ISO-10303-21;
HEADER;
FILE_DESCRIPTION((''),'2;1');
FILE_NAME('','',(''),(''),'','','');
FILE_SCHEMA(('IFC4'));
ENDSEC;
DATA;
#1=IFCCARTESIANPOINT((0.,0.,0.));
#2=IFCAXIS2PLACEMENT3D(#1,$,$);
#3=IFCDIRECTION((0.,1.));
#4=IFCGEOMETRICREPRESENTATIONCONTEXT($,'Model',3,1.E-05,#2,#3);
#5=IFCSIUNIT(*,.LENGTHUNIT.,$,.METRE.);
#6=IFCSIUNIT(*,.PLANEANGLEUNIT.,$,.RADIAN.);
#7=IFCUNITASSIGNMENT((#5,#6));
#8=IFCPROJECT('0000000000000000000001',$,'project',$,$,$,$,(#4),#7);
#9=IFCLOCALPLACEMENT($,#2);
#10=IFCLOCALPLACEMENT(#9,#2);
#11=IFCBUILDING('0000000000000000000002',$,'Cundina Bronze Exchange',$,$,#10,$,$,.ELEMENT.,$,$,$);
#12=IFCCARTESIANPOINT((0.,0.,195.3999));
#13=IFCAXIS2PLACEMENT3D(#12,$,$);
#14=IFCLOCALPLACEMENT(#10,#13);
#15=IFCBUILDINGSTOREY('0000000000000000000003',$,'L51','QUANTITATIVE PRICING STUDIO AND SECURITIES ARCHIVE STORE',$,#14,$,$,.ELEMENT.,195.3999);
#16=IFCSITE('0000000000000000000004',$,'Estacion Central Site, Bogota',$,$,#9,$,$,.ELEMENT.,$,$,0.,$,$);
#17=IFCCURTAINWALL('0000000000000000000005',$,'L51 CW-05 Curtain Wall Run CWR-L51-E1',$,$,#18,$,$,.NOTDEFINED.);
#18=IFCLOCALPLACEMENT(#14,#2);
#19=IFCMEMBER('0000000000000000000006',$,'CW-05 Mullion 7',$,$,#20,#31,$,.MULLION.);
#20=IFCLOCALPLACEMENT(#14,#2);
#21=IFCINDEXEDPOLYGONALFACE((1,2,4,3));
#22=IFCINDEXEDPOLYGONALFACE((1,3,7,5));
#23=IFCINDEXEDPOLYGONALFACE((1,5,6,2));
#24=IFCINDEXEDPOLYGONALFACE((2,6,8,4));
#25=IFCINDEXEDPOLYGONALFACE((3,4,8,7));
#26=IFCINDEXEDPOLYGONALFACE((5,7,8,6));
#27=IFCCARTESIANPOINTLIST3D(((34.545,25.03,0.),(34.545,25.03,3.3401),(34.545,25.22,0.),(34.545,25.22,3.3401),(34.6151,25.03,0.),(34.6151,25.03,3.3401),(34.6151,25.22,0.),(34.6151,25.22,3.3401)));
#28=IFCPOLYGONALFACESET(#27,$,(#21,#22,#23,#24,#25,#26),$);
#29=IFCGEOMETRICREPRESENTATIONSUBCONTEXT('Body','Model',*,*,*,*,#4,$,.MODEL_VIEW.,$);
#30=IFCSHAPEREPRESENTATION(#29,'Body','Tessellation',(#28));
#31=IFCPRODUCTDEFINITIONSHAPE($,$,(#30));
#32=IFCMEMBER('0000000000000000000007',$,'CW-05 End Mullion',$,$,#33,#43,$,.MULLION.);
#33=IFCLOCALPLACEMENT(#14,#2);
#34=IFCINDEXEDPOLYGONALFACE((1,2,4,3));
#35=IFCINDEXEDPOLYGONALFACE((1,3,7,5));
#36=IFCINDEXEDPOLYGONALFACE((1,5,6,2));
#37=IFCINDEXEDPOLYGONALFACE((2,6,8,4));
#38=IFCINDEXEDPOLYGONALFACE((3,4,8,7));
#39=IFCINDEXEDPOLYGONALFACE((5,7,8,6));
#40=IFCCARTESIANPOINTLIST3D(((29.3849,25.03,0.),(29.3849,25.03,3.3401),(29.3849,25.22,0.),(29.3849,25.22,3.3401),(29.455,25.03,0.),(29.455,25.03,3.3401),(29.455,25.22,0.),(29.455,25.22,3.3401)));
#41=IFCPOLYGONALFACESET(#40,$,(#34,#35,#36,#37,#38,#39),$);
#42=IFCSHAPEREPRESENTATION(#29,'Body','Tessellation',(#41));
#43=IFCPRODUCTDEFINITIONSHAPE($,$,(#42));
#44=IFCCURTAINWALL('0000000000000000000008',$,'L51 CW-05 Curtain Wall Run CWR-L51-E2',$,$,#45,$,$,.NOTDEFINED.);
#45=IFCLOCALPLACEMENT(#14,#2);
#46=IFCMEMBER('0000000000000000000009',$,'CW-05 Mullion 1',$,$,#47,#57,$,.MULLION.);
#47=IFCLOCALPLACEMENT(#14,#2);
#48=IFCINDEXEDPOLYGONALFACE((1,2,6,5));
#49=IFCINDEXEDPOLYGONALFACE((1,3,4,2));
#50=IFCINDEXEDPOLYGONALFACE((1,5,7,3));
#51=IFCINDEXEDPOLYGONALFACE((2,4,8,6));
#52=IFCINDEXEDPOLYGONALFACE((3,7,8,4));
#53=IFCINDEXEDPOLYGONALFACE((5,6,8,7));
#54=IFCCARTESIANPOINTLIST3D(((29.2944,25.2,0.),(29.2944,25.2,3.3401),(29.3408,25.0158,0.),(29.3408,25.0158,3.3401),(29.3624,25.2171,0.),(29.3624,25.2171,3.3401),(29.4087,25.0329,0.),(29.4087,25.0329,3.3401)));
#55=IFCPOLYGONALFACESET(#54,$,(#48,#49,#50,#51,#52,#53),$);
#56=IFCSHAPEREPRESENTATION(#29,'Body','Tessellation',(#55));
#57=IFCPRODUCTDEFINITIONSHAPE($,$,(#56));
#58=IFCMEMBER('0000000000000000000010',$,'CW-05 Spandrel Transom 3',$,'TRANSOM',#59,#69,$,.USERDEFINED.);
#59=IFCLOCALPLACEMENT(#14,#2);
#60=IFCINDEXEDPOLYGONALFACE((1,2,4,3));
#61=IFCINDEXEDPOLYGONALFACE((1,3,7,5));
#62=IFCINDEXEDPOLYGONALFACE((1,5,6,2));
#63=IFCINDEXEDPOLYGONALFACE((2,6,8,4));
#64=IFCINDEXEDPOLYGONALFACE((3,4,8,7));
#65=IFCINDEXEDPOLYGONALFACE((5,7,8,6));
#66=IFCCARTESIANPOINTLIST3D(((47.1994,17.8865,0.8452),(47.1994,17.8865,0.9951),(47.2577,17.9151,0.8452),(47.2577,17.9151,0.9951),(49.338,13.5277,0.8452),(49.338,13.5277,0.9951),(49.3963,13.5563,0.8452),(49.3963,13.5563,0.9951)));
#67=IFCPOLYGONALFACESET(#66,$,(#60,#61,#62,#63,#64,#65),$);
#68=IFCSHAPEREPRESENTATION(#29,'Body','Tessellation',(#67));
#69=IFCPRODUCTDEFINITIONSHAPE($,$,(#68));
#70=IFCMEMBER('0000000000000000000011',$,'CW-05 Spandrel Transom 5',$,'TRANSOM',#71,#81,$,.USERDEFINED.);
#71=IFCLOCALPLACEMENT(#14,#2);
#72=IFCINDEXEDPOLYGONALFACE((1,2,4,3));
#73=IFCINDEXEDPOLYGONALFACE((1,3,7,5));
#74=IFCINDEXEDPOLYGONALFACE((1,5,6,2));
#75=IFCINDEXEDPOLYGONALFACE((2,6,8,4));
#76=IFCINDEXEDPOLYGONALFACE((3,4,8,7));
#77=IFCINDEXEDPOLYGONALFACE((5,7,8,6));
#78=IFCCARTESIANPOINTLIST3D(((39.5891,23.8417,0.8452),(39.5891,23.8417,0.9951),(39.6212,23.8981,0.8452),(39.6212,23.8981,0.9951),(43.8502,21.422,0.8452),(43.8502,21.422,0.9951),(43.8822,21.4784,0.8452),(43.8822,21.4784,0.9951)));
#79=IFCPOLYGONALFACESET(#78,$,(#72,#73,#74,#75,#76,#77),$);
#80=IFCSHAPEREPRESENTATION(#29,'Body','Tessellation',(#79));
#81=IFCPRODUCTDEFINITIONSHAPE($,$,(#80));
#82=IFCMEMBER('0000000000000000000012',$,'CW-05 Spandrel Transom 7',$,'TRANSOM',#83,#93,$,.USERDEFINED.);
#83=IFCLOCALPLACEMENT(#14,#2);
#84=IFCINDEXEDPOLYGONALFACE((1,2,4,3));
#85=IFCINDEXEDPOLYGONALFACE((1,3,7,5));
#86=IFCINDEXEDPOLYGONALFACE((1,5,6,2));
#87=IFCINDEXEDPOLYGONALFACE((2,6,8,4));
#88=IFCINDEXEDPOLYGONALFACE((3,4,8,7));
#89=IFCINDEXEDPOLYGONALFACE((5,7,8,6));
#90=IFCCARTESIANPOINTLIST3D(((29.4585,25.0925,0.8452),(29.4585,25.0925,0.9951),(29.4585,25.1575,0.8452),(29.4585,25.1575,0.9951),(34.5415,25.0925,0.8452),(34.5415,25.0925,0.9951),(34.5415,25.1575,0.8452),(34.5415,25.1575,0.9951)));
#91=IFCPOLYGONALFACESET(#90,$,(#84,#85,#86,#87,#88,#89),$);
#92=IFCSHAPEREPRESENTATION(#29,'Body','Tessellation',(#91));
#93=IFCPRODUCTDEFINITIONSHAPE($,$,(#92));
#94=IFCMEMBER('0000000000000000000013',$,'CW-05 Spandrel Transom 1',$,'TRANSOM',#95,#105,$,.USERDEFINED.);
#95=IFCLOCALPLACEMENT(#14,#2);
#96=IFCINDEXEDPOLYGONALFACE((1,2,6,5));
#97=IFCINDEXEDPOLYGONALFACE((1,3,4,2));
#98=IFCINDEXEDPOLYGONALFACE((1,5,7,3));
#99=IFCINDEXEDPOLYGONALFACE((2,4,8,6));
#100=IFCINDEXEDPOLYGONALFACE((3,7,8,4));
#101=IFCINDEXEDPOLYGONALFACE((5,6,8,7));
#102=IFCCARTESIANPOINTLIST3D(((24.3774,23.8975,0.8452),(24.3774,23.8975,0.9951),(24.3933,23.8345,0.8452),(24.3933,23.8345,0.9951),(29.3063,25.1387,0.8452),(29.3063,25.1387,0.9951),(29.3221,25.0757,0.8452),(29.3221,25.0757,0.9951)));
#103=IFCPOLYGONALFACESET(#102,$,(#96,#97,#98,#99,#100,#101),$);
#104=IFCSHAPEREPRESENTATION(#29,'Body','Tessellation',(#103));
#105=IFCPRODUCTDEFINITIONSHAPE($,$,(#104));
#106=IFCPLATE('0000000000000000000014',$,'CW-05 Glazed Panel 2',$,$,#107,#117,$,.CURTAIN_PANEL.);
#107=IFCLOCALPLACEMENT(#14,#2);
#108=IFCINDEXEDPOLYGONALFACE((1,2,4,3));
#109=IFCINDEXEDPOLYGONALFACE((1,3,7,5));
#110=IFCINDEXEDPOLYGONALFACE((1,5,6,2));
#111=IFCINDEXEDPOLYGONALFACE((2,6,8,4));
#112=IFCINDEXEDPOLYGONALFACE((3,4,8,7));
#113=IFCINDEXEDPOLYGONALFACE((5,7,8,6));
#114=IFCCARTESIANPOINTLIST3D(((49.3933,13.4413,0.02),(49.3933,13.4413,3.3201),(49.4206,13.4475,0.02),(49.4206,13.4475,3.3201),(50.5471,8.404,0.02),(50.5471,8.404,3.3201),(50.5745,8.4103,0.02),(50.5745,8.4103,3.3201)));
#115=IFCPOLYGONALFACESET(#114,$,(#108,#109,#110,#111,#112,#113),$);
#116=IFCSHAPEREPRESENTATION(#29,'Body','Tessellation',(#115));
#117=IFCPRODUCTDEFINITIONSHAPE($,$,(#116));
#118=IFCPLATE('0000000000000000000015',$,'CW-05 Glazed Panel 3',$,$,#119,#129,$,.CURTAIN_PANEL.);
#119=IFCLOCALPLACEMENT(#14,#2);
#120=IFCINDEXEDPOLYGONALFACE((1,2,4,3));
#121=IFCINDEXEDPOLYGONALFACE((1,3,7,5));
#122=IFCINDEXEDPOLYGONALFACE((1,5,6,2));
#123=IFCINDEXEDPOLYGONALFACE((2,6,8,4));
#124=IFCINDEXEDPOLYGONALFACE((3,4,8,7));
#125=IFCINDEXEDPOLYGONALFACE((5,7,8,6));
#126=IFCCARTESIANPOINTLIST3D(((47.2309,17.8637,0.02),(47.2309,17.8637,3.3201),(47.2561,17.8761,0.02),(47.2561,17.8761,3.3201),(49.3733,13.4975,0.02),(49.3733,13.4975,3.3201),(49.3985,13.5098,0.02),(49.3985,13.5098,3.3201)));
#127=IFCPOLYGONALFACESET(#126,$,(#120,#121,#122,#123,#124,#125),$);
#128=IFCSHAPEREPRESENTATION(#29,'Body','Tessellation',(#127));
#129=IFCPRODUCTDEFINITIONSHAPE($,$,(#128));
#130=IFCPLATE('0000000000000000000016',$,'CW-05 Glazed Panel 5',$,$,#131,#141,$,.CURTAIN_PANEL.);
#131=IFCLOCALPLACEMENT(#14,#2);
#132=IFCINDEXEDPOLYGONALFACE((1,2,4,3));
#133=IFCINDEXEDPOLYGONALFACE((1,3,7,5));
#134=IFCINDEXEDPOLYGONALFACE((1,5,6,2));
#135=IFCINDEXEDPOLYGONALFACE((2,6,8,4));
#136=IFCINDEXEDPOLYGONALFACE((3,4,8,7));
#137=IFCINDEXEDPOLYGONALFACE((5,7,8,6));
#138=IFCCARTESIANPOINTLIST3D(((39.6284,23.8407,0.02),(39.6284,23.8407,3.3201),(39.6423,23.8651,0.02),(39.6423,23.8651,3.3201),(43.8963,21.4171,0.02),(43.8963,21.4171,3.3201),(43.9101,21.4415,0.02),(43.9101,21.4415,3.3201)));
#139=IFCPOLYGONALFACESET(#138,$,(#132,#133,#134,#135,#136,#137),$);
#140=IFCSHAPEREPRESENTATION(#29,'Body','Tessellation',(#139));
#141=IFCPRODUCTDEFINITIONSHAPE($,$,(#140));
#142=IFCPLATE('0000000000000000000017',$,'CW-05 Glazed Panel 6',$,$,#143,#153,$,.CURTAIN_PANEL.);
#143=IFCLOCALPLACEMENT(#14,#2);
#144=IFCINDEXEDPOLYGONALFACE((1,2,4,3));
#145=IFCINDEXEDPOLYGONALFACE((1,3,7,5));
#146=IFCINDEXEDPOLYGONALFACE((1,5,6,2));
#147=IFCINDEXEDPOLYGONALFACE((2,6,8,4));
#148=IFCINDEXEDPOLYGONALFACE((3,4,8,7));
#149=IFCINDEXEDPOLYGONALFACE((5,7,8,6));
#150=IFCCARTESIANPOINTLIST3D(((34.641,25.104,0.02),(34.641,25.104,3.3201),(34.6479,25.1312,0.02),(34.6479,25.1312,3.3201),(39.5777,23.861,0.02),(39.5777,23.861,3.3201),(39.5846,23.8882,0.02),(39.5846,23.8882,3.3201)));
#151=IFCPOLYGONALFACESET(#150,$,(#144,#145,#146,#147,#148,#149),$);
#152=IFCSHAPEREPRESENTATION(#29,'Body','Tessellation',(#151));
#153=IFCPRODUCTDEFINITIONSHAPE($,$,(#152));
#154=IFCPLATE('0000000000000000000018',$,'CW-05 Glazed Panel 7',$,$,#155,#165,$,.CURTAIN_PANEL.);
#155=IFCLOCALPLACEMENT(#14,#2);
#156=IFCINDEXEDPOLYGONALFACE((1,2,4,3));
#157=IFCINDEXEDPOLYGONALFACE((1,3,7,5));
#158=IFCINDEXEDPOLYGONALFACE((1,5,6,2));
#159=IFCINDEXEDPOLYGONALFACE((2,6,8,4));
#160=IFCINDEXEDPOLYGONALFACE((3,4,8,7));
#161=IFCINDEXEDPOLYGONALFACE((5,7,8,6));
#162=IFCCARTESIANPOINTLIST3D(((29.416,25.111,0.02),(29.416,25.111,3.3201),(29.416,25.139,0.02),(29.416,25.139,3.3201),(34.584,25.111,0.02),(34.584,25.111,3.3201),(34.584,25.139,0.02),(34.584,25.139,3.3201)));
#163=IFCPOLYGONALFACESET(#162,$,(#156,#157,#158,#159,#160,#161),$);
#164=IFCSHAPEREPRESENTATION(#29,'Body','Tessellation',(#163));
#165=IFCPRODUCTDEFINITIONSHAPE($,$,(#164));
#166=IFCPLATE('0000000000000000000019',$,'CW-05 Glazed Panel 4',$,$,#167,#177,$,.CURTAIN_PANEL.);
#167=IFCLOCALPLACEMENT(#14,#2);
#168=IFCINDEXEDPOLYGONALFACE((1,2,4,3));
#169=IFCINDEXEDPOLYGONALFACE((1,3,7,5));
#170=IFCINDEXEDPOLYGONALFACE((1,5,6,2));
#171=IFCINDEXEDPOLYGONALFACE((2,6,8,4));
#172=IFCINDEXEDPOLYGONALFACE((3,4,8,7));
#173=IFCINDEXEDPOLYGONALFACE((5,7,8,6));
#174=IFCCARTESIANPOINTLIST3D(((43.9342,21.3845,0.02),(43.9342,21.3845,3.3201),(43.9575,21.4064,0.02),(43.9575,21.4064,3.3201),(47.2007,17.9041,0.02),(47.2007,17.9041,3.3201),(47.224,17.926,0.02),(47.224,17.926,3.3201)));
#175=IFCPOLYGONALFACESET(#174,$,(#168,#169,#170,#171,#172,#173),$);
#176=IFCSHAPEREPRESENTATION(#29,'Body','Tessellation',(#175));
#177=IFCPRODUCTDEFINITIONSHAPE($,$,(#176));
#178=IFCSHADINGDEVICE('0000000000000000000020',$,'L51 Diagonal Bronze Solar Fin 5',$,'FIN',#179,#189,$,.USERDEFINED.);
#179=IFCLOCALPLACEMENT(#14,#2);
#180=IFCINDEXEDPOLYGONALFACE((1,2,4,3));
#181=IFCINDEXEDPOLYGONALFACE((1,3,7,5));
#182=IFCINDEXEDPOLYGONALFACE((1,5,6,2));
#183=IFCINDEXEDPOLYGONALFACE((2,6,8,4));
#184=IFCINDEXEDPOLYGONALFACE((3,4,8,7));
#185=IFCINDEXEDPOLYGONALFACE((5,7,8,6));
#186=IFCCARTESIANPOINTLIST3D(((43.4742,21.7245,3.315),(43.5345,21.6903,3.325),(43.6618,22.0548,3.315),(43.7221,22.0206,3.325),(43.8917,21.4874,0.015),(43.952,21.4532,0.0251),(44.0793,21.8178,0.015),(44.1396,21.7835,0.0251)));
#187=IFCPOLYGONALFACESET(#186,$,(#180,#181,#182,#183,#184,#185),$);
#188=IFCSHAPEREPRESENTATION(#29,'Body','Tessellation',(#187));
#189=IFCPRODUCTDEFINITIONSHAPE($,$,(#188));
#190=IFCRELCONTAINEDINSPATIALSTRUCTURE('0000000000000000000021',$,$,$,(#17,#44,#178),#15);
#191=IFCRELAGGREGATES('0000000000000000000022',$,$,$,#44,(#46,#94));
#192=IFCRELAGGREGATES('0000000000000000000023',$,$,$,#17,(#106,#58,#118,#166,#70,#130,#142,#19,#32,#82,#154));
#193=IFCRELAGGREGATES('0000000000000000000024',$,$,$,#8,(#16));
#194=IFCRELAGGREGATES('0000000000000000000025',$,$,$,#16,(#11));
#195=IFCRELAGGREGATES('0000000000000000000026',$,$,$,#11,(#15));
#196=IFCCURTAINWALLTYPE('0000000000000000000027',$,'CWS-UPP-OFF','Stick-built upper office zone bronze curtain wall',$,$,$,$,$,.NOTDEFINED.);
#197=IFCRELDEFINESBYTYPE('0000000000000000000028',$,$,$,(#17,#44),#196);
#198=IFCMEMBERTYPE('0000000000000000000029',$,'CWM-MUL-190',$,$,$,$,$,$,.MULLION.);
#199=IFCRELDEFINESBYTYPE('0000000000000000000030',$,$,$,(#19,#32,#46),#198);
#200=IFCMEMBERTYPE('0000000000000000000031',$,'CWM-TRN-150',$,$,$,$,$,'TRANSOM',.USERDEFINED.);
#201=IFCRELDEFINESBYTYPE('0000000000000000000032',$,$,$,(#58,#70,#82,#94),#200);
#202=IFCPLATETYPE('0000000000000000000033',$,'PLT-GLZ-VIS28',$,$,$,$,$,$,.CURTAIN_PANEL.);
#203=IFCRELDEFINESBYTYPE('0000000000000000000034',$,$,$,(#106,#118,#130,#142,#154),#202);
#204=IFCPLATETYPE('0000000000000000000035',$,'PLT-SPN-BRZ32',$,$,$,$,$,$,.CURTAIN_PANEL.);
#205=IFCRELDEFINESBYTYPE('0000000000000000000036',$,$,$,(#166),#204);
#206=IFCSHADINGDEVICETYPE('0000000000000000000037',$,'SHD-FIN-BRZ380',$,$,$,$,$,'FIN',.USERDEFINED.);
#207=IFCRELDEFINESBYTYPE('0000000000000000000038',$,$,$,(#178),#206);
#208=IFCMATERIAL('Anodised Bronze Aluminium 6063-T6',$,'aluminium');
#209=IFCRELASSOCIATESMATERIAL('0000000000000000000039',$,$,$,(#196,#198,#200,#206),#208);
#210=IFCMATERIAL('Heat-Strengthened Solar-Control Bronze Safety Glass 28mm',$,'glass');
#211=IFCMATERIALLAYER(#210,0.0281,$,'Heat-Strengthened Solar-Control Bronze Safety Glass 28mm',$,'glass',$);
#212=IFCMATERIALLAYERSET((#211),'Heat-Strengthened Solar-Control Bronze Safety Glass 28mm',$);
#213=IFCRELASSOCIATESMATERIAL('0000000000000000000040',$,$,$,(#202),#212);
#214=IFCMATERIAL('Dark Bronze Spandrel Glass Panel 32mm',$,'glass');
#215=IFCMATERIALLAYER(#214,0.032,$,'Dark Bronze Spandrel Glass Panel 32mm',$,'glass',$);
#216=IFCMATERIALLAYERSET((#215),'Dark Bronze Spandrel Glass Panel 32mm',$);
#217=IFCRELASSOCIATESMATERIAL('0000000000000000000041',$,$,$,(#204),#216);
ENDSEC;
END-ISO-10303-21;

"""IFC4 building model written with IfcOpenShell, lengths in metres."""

from ifc_helpers import new_model, si_unit, direction, frame, origin, origin_2d, place, context, subcontext, project, spatial, rectangle, extrude, material, layer, layer_set, material_profile, profile_set, type_object, element, aggregate, save


model = new_model("IFC4")

# Units and contexts
model_context = context("Model", 3, precision=1e-05, world=origin(), true_north=direction((0.0, 1.0)))
body_context = subcontext(model_context, "Body", "Model", "MODEL_VIEW")
ifc_project = project(units=[si_unit("LENGTHUNIT", "METRE"), si_unit("PLANEANGLEUNIT", "RADIAN")], contexts=[model_context])

# Site, building, storey
site_placement = place(None, origin())
site = spatial("IfcSite", under=ifc_project, at=site_placement, Name="Estacion Central Site, Bogota", CompositionType="ELEMENT", RefElevation=0.0)
building_placement = place(site_placement, origin())
building = spatial("IfcBuilding", under=site, at=building_placement, Name="Cundina Bronze Exchange", CompositionType="ELEMENT")
storey_placement = place(building_placement, frame((0.0, 0.0, 195.3999)))
storey = spatial("IfcBuildingStorey", under=building, at=storey_placement, Name="L51", Description="QUANTITATIVE PRICING STUDIO AND SECURITIES ARCHIVE STORE", CompositionType="ELEMENT", Elevation=195.3999)

# Curtain wall, members
ifc_material_1 = material(Name="Anodised Bronze Aluminium 6063-T6", Category="aluminium")
curtain_wall_type = type_object("IfcCurtainWallType", Name="CWS-UPP-OFF", Description="Stick-built upper office zone bronze curtain wall", PredefinedType="NOTDEFINED", material=ifc_material_1)
curtain_wall_1_placement = place(storey_placement, origin())
curtain_wall_1 = element("IfcCurtainWall", 1, at=curtain_wall_1_placement, inside=storey, type_object=curtain_wall_type, Name="L51 CW-05 Curtain Wall Run CWR-L51-E1", PredefinedType="NOTDEFINED")
ifc_material_profile_1 = material_profile(ifc_material_1, rectangle(XDim=0.0701, YDim=0.1899, at=origin_2d()), Name="AL70X190", Category="aluminium")
ifc_profile_set_1 = profile_set([ifc_material_profile_1], Name="Anodised Bronze Aluminium 6063-T6")
member_type_1 = type_object("IfcMemberType", Name="CWM-MUL-190", PredefinedType="MULLION", material=ifc_profile_set_1)
member_1_placement = place(storey_placement, frame((34.5801, 25.125, 0.0), z_axis=(0.0, 0.0, 1.0), x_axis=(-1.0, 0.0, 0.0)))
member_1 = element("IfcMember", 2, at=member_1_placement, type_object=member_type_1, Name="CW-05 Mullion 7", PredefinedType="MULLION", context=body_context, shape_type="SweptSolid", body=[
    extrude(rectangle(XDim=0.0701, YDim=0.1899, at=origin_2d()), origin(), (0.0, 0.0, 1.0), 3.3401),
])
member_2_placement = place(storey_placement, frame((29.4199, 25.125, 0.0), z_axis=(0.0, 0.0, 1.0), x_axis=(-1.0, 0.0, 0.0)))
member_2 = element("IfcMember", 3, at=member_2_placement, type_object=member_type_1, Name="CW-05 End Mullion", PredefinedType="MULLION", context=body_context, shape_type="SweptSolid", body=[
    extrude(rectangle(XDim=0.0701, YDim=0.1899, at=origin_2d()), origin(), (0.0, 0.0, 1.0), 3.3401),
])

# Curtain wall, member
curtain_wall_2_placement = place(storey_placement, origin())
curtain_wall_2 = element("IfcCurtainWall", 4, at=curtain_wall_2_placement, inside=storey, type_object=curtain_wall_type, Name="L51 CW-05 Curtain Wall Run CWR-L51-E2", PredefinedType="NOTDEFINED")
member_3_placement = place(storey_placement, frame((29.3516, 25.1165, 0.0), z_axis=(0.0, 0.0, 1.0), x_axis=(-0.969744, -0.244123, 0.0)))
member_3 = element("IfcMember", 5, at=member_3_placement, type_object=member_type_1, Name="CW-05 Mullion 1", PredefinedType="MULLION", context=body_context, shape_type="SweptSolid", body=[
    extrude(rectangle(XDim=0.0701, YDim=0.1899, at=origin_2d()), origin(), (0.0, 0.0, 1.0), 3.3401),
])

# Members
ifc_material_profile_2 = material_profile(ifc_material_1, rectangle(XDim=0.0649, YDim=0.1499, at=origin_2d()), Name="AL65X150", Category="aluminium")
ifc_profile_set_2 = profile_set([ifc_material_profile_2], Name="Anodised Bronze Aluminium 6063-T6")
member_type_2 = type_object("IfcMemberType", Name="CWM-TRN-150", ElementType="TRANSOM", PredefinedType="USERDEFINED", material=ifc_profile_set_2)
member_4_placement = place(storey_placement, frame((49.3672, 13.542, 0.9202), z_axis=(-0.440483, 0.897761, 0.0), x_axis=(-0.897761, -0.440483, 0.0)))
member_4 = element("IfcMember", 6, at=member_4_placement, type_object=member_type_2, Name="CW-05 Spandrel Transom 3", ObjectType="TRANSOM", PredefinedType="USERDEFINED", context=body_context, shape_type="SweptSolid", body=[
    extrude(rectangle(XDim=0.0649, YDim=0.1499, at=origin_2d()), origin(), (0.0, 0.0, 1.0), 4.8552),
])
member_5_placement = place(storey_placement, frame((43.8662, 21.4502, 0.9202), z_axis=(-0.869574, 0.493803, 0.0), x_axis=(-0.493803, -0.869574, 0.0)))
member_5 = element("IfcMember", 7, at=member_5_placement, type_object=member_type_2, Name="CW-05 Spandrel Transom 5", ObjectType="TRANSOM", PredefinedType="USERDEFINED", context=body_context, shape_type="SweptSolid", body=[
    extrude(rectangle(XDim=0.0649, YDim=0.1499, at=origin_2d()), origin(), (0.0, 0.0, 1.0), 4.9001),
])
member_6_placement = place(storey_placement, frame((34.5415, 25.125, 0.9202), z_axis=(-1.0, 0.0, 0.0), x_axis=(0.0, -1.0, 0.0)))
member_6 = element("IfcMember", 8, at=member_6_placement, type_object=member_type_2, Name="CW-05 Spandrel Transom 7", ObjectType="TRANSOM", PredefinedType="USERDEFINED", context=body_context, shape_type="SweptSolid", body=[
    extrude(rectangle(XDim=0.0649, YDim=0.1499, at=origin_2d()), origin(), (0.0, 0.0, 1.0), 5.083),
])
member_7_placement = place(storey_placement, frame((29.3142, 25.1072, 0.9202), z_axis=(-0.969726, -0.244197, 0.0), x_axis=(0.244197, -0.969726, 0.0)))
member_7 = element("IfcMember", 9, at=member_7_placement, type_object=member_type_2, Name="CW-05 Spandrel Transom 1", ObjectType="TRANSOM", PredefinedType="USERDEFINED", context=body_context, shape_type="SweptSolid", body=[
    extrude(rectangle(XDim=0.0649, YDim=0.1499, at=origin_2d()), origin(), (0.0, 0.0, 1.0), 5.0828),
])
aggregate(curtain_wall_2, [member_3, member_7])

# Plates
ifc_material_2 = material(Name="Heat-Strengthened Solar-Control Bronze Safety Glass 28mm", Category="glass")
ifc_layer_1 = layer(ifc_material_2, 0.0281, Name="Heat-Strengthened Solar-Control Bronze Safety Glass 28mm", Category="glass")
ifc_layer_set_1 = layer_set([ifc_layer_1], Name="Heat-Strengthened Solar-Control Bronze Safety Glass 28mm")
plate_type_1 = type_object("IfcPlateType", Name="PLT-GLZ-VIS28", PredefinedType="CURTAIN_PANEL", material=ifc_layer_set_1)
plate_1_placement = place(storey_placement, frame((49.9839, 10.9258, 0.02), z_axis=(0.0, 0.0, 1.0), x_axis=(-0.223284, 0.974753, 0.0)))
plate_1 = element("IfcPlate", 10, at=plate_1_placement, type_object=plate_type_1, Name="CW-05 Glazed Panel 2", PredefinedType="CURTAIN_PANEL", context=body_context, shape_type="SweptSolid", body=[
    extrude(rectangle(XDim=5.1677, YDim=0.0281, at=origin_2d()), origin(), (0.0, 0.0, 1.0), 3.3),
])
plate_2_placement = place(storey_placement, frame((48.3147, 15.6868, 0.02), z_axis=(0.0, 0.0, 1.0), x_axis=(-0.440503, 0.897751, 0.0)))
plate_2 = element("IfcPlate", 11, at=plate_2_placement, type_object=plate_type_1, Name="CW-05 Glazed Panel 3", PredefinedType="CURTAIN_PANEL", context=body_context, shape_type="SweptSolid", body=[
    extrude(rectangle(XDim=4.8635, YDim=0.0281, at=origin_2d()), origin(), (0.0, 0.0, 1.0), 3.3),
])
plate_3_placement = place(storey_placement, frame((41.7693, 22.6411, 0.02), z_axis=(0.0, 0.0, 1.0), x_axis=(-0.869573, 0.493805, 0.0)))
plate_3 = element("IfcPlate", 12, at=plate_3_placement, type_object=plate_type_1, Name="CW-05 Glazed Panel 5", PredefinedType="CURTAIN_PANEL", context=body_context, shape_type="SweptSolid", body=[
    extrude(rectangle(XDim=4.908, YDim=0.0281, at=origin_2d()), origin(), (0.0, 0.0, 1.0), 3.3),
])
plate_4_placement = place(storey_placement, frame((37.1128, 24.4961, 0.02), z_axis=(0.0, 0.0, 1.0), x_axis=(-0.969732, 0.244174, 0.0)))
plate_4 = element("IfcPlate", 13, at=plate_4_placement, type_object=plate_type_1, Name="CW-05 Glazed Panel 6", PredefinedType="CURTAIN_PANEL", context=body_context, shape_type="SweptSolid", body=[
    extrude(rectangle(XDim=5.0908, YDim=0.0281, at=origin_2d()), origin(), (0.0, 0.0, 1.0), 3.3),
])
plate_5_placement = place(storey_placement, frame((32.0, 25.125, 0.02), z_axis=(0.0, 0.0, 1.0), x_axis=(-1.0, 0.0, 0.0)))
plate_5 = element("IfcPlate", 14, at=plate_5_placement, type_object=plate_type_1, Name="CW-05 Glazed Panel 7", PredefinedType="CURTAIN_PANEL", context=body_context, shape_type="SweptSolid", body=[
    extrude(rectangle(XDim=5.168, YDim=0.0281, at=origin_2d()), origin(), (0.0, 0.0, 1.0), 3.3),
])
ifc_material_3 = material(Name="Dark Bronze Spandrel Glass Panel 32mm", Category="glass")
ifc_layer_2 = layer(ifc_material_3, 0.032, Name="Dark Bronze Spandrel Glass Panel 32mm", Category="glass")
ifc_layer_set_2 = layer_set([ifc_layer_2], Name="Dark Bronze Spandrel Glass Panel 32mm")
plate_type_2 = type_object("IfcPlateType", Name="PLT-SPN-BRZ32", PredefinedType="CURTAIN_PANEL", material=ifc_layer_set_2)
plate_6_placement = place(storey_placement, frame((45.5791, 19.6553, 0.02), z_axis=(0.0, 0.0, 1.0), x_axis=(-0.684344, 0.72916, 0.0)))
plate_6 = element("IfcPlate", 15, at=plate_6_placement, type_object=plate_type_2, Name="CW-05 Glazed Panel 4", PredefinedType="CURTAIN_PANEL", context=body_context, shape_type="SweptSolid", body=[
    extrude(rectangle(XDim=4.7732, YDim=0.032, at=origin_2d()), origin(), (0.0, 0.0, 1.0), 3.3),
])
aggregate(curtain_wall_1, [plate_1, member_4, plate_2, plate_6, member_5, plate_3, plate_4, member_1, member_2, member_6, plate_5])

# Shading device
ifc_material_profile_3 = material_profile(ifc_material_1, rectangle(XDim=0.0701, YDim=0.3799, at=origin_2d()), Name="FIN70X380", Category="aluminium")
ifc_profile_set_3 = profile_set([ifc_material_profile_3], Name="Anodised Bronze Aluminium 6063-T6")
shading_device_type = type_object("IfcShadingDeviceType", Name="SHD-FIN-BRZ380", ElementType="FIN", PredefinedType="USERDEFINED", material=ifc_profile_set_3)
for number, where, z_axis, x_axis, name in (
    (16, (44.0156, 21.6355, 0.02), (-0.12519, 0.071087, 0.989583), (0.860527, -0.488638, 0.143965), "L51 Diagonal Bronze Solar Fin 5"),
):
    element("IfcShadingDevice", number, at=place(storey_placement, frame(where, z_axis=z_axis, x_axis=x_axis)), inside=storey, type_object=shading_device_type, Name=name, ObjectType="FIN", PredefinedType="USERDEFINED", context=body_context, shape_type="SweptSolid", body=[
        extrude(rectangle(XDim=0.0701, YDim=0.3799, at=origin_2d()), origin(), (0.0, 0.0, 1.0), 3.3347),
    ])

save(model, "model.ifc")
